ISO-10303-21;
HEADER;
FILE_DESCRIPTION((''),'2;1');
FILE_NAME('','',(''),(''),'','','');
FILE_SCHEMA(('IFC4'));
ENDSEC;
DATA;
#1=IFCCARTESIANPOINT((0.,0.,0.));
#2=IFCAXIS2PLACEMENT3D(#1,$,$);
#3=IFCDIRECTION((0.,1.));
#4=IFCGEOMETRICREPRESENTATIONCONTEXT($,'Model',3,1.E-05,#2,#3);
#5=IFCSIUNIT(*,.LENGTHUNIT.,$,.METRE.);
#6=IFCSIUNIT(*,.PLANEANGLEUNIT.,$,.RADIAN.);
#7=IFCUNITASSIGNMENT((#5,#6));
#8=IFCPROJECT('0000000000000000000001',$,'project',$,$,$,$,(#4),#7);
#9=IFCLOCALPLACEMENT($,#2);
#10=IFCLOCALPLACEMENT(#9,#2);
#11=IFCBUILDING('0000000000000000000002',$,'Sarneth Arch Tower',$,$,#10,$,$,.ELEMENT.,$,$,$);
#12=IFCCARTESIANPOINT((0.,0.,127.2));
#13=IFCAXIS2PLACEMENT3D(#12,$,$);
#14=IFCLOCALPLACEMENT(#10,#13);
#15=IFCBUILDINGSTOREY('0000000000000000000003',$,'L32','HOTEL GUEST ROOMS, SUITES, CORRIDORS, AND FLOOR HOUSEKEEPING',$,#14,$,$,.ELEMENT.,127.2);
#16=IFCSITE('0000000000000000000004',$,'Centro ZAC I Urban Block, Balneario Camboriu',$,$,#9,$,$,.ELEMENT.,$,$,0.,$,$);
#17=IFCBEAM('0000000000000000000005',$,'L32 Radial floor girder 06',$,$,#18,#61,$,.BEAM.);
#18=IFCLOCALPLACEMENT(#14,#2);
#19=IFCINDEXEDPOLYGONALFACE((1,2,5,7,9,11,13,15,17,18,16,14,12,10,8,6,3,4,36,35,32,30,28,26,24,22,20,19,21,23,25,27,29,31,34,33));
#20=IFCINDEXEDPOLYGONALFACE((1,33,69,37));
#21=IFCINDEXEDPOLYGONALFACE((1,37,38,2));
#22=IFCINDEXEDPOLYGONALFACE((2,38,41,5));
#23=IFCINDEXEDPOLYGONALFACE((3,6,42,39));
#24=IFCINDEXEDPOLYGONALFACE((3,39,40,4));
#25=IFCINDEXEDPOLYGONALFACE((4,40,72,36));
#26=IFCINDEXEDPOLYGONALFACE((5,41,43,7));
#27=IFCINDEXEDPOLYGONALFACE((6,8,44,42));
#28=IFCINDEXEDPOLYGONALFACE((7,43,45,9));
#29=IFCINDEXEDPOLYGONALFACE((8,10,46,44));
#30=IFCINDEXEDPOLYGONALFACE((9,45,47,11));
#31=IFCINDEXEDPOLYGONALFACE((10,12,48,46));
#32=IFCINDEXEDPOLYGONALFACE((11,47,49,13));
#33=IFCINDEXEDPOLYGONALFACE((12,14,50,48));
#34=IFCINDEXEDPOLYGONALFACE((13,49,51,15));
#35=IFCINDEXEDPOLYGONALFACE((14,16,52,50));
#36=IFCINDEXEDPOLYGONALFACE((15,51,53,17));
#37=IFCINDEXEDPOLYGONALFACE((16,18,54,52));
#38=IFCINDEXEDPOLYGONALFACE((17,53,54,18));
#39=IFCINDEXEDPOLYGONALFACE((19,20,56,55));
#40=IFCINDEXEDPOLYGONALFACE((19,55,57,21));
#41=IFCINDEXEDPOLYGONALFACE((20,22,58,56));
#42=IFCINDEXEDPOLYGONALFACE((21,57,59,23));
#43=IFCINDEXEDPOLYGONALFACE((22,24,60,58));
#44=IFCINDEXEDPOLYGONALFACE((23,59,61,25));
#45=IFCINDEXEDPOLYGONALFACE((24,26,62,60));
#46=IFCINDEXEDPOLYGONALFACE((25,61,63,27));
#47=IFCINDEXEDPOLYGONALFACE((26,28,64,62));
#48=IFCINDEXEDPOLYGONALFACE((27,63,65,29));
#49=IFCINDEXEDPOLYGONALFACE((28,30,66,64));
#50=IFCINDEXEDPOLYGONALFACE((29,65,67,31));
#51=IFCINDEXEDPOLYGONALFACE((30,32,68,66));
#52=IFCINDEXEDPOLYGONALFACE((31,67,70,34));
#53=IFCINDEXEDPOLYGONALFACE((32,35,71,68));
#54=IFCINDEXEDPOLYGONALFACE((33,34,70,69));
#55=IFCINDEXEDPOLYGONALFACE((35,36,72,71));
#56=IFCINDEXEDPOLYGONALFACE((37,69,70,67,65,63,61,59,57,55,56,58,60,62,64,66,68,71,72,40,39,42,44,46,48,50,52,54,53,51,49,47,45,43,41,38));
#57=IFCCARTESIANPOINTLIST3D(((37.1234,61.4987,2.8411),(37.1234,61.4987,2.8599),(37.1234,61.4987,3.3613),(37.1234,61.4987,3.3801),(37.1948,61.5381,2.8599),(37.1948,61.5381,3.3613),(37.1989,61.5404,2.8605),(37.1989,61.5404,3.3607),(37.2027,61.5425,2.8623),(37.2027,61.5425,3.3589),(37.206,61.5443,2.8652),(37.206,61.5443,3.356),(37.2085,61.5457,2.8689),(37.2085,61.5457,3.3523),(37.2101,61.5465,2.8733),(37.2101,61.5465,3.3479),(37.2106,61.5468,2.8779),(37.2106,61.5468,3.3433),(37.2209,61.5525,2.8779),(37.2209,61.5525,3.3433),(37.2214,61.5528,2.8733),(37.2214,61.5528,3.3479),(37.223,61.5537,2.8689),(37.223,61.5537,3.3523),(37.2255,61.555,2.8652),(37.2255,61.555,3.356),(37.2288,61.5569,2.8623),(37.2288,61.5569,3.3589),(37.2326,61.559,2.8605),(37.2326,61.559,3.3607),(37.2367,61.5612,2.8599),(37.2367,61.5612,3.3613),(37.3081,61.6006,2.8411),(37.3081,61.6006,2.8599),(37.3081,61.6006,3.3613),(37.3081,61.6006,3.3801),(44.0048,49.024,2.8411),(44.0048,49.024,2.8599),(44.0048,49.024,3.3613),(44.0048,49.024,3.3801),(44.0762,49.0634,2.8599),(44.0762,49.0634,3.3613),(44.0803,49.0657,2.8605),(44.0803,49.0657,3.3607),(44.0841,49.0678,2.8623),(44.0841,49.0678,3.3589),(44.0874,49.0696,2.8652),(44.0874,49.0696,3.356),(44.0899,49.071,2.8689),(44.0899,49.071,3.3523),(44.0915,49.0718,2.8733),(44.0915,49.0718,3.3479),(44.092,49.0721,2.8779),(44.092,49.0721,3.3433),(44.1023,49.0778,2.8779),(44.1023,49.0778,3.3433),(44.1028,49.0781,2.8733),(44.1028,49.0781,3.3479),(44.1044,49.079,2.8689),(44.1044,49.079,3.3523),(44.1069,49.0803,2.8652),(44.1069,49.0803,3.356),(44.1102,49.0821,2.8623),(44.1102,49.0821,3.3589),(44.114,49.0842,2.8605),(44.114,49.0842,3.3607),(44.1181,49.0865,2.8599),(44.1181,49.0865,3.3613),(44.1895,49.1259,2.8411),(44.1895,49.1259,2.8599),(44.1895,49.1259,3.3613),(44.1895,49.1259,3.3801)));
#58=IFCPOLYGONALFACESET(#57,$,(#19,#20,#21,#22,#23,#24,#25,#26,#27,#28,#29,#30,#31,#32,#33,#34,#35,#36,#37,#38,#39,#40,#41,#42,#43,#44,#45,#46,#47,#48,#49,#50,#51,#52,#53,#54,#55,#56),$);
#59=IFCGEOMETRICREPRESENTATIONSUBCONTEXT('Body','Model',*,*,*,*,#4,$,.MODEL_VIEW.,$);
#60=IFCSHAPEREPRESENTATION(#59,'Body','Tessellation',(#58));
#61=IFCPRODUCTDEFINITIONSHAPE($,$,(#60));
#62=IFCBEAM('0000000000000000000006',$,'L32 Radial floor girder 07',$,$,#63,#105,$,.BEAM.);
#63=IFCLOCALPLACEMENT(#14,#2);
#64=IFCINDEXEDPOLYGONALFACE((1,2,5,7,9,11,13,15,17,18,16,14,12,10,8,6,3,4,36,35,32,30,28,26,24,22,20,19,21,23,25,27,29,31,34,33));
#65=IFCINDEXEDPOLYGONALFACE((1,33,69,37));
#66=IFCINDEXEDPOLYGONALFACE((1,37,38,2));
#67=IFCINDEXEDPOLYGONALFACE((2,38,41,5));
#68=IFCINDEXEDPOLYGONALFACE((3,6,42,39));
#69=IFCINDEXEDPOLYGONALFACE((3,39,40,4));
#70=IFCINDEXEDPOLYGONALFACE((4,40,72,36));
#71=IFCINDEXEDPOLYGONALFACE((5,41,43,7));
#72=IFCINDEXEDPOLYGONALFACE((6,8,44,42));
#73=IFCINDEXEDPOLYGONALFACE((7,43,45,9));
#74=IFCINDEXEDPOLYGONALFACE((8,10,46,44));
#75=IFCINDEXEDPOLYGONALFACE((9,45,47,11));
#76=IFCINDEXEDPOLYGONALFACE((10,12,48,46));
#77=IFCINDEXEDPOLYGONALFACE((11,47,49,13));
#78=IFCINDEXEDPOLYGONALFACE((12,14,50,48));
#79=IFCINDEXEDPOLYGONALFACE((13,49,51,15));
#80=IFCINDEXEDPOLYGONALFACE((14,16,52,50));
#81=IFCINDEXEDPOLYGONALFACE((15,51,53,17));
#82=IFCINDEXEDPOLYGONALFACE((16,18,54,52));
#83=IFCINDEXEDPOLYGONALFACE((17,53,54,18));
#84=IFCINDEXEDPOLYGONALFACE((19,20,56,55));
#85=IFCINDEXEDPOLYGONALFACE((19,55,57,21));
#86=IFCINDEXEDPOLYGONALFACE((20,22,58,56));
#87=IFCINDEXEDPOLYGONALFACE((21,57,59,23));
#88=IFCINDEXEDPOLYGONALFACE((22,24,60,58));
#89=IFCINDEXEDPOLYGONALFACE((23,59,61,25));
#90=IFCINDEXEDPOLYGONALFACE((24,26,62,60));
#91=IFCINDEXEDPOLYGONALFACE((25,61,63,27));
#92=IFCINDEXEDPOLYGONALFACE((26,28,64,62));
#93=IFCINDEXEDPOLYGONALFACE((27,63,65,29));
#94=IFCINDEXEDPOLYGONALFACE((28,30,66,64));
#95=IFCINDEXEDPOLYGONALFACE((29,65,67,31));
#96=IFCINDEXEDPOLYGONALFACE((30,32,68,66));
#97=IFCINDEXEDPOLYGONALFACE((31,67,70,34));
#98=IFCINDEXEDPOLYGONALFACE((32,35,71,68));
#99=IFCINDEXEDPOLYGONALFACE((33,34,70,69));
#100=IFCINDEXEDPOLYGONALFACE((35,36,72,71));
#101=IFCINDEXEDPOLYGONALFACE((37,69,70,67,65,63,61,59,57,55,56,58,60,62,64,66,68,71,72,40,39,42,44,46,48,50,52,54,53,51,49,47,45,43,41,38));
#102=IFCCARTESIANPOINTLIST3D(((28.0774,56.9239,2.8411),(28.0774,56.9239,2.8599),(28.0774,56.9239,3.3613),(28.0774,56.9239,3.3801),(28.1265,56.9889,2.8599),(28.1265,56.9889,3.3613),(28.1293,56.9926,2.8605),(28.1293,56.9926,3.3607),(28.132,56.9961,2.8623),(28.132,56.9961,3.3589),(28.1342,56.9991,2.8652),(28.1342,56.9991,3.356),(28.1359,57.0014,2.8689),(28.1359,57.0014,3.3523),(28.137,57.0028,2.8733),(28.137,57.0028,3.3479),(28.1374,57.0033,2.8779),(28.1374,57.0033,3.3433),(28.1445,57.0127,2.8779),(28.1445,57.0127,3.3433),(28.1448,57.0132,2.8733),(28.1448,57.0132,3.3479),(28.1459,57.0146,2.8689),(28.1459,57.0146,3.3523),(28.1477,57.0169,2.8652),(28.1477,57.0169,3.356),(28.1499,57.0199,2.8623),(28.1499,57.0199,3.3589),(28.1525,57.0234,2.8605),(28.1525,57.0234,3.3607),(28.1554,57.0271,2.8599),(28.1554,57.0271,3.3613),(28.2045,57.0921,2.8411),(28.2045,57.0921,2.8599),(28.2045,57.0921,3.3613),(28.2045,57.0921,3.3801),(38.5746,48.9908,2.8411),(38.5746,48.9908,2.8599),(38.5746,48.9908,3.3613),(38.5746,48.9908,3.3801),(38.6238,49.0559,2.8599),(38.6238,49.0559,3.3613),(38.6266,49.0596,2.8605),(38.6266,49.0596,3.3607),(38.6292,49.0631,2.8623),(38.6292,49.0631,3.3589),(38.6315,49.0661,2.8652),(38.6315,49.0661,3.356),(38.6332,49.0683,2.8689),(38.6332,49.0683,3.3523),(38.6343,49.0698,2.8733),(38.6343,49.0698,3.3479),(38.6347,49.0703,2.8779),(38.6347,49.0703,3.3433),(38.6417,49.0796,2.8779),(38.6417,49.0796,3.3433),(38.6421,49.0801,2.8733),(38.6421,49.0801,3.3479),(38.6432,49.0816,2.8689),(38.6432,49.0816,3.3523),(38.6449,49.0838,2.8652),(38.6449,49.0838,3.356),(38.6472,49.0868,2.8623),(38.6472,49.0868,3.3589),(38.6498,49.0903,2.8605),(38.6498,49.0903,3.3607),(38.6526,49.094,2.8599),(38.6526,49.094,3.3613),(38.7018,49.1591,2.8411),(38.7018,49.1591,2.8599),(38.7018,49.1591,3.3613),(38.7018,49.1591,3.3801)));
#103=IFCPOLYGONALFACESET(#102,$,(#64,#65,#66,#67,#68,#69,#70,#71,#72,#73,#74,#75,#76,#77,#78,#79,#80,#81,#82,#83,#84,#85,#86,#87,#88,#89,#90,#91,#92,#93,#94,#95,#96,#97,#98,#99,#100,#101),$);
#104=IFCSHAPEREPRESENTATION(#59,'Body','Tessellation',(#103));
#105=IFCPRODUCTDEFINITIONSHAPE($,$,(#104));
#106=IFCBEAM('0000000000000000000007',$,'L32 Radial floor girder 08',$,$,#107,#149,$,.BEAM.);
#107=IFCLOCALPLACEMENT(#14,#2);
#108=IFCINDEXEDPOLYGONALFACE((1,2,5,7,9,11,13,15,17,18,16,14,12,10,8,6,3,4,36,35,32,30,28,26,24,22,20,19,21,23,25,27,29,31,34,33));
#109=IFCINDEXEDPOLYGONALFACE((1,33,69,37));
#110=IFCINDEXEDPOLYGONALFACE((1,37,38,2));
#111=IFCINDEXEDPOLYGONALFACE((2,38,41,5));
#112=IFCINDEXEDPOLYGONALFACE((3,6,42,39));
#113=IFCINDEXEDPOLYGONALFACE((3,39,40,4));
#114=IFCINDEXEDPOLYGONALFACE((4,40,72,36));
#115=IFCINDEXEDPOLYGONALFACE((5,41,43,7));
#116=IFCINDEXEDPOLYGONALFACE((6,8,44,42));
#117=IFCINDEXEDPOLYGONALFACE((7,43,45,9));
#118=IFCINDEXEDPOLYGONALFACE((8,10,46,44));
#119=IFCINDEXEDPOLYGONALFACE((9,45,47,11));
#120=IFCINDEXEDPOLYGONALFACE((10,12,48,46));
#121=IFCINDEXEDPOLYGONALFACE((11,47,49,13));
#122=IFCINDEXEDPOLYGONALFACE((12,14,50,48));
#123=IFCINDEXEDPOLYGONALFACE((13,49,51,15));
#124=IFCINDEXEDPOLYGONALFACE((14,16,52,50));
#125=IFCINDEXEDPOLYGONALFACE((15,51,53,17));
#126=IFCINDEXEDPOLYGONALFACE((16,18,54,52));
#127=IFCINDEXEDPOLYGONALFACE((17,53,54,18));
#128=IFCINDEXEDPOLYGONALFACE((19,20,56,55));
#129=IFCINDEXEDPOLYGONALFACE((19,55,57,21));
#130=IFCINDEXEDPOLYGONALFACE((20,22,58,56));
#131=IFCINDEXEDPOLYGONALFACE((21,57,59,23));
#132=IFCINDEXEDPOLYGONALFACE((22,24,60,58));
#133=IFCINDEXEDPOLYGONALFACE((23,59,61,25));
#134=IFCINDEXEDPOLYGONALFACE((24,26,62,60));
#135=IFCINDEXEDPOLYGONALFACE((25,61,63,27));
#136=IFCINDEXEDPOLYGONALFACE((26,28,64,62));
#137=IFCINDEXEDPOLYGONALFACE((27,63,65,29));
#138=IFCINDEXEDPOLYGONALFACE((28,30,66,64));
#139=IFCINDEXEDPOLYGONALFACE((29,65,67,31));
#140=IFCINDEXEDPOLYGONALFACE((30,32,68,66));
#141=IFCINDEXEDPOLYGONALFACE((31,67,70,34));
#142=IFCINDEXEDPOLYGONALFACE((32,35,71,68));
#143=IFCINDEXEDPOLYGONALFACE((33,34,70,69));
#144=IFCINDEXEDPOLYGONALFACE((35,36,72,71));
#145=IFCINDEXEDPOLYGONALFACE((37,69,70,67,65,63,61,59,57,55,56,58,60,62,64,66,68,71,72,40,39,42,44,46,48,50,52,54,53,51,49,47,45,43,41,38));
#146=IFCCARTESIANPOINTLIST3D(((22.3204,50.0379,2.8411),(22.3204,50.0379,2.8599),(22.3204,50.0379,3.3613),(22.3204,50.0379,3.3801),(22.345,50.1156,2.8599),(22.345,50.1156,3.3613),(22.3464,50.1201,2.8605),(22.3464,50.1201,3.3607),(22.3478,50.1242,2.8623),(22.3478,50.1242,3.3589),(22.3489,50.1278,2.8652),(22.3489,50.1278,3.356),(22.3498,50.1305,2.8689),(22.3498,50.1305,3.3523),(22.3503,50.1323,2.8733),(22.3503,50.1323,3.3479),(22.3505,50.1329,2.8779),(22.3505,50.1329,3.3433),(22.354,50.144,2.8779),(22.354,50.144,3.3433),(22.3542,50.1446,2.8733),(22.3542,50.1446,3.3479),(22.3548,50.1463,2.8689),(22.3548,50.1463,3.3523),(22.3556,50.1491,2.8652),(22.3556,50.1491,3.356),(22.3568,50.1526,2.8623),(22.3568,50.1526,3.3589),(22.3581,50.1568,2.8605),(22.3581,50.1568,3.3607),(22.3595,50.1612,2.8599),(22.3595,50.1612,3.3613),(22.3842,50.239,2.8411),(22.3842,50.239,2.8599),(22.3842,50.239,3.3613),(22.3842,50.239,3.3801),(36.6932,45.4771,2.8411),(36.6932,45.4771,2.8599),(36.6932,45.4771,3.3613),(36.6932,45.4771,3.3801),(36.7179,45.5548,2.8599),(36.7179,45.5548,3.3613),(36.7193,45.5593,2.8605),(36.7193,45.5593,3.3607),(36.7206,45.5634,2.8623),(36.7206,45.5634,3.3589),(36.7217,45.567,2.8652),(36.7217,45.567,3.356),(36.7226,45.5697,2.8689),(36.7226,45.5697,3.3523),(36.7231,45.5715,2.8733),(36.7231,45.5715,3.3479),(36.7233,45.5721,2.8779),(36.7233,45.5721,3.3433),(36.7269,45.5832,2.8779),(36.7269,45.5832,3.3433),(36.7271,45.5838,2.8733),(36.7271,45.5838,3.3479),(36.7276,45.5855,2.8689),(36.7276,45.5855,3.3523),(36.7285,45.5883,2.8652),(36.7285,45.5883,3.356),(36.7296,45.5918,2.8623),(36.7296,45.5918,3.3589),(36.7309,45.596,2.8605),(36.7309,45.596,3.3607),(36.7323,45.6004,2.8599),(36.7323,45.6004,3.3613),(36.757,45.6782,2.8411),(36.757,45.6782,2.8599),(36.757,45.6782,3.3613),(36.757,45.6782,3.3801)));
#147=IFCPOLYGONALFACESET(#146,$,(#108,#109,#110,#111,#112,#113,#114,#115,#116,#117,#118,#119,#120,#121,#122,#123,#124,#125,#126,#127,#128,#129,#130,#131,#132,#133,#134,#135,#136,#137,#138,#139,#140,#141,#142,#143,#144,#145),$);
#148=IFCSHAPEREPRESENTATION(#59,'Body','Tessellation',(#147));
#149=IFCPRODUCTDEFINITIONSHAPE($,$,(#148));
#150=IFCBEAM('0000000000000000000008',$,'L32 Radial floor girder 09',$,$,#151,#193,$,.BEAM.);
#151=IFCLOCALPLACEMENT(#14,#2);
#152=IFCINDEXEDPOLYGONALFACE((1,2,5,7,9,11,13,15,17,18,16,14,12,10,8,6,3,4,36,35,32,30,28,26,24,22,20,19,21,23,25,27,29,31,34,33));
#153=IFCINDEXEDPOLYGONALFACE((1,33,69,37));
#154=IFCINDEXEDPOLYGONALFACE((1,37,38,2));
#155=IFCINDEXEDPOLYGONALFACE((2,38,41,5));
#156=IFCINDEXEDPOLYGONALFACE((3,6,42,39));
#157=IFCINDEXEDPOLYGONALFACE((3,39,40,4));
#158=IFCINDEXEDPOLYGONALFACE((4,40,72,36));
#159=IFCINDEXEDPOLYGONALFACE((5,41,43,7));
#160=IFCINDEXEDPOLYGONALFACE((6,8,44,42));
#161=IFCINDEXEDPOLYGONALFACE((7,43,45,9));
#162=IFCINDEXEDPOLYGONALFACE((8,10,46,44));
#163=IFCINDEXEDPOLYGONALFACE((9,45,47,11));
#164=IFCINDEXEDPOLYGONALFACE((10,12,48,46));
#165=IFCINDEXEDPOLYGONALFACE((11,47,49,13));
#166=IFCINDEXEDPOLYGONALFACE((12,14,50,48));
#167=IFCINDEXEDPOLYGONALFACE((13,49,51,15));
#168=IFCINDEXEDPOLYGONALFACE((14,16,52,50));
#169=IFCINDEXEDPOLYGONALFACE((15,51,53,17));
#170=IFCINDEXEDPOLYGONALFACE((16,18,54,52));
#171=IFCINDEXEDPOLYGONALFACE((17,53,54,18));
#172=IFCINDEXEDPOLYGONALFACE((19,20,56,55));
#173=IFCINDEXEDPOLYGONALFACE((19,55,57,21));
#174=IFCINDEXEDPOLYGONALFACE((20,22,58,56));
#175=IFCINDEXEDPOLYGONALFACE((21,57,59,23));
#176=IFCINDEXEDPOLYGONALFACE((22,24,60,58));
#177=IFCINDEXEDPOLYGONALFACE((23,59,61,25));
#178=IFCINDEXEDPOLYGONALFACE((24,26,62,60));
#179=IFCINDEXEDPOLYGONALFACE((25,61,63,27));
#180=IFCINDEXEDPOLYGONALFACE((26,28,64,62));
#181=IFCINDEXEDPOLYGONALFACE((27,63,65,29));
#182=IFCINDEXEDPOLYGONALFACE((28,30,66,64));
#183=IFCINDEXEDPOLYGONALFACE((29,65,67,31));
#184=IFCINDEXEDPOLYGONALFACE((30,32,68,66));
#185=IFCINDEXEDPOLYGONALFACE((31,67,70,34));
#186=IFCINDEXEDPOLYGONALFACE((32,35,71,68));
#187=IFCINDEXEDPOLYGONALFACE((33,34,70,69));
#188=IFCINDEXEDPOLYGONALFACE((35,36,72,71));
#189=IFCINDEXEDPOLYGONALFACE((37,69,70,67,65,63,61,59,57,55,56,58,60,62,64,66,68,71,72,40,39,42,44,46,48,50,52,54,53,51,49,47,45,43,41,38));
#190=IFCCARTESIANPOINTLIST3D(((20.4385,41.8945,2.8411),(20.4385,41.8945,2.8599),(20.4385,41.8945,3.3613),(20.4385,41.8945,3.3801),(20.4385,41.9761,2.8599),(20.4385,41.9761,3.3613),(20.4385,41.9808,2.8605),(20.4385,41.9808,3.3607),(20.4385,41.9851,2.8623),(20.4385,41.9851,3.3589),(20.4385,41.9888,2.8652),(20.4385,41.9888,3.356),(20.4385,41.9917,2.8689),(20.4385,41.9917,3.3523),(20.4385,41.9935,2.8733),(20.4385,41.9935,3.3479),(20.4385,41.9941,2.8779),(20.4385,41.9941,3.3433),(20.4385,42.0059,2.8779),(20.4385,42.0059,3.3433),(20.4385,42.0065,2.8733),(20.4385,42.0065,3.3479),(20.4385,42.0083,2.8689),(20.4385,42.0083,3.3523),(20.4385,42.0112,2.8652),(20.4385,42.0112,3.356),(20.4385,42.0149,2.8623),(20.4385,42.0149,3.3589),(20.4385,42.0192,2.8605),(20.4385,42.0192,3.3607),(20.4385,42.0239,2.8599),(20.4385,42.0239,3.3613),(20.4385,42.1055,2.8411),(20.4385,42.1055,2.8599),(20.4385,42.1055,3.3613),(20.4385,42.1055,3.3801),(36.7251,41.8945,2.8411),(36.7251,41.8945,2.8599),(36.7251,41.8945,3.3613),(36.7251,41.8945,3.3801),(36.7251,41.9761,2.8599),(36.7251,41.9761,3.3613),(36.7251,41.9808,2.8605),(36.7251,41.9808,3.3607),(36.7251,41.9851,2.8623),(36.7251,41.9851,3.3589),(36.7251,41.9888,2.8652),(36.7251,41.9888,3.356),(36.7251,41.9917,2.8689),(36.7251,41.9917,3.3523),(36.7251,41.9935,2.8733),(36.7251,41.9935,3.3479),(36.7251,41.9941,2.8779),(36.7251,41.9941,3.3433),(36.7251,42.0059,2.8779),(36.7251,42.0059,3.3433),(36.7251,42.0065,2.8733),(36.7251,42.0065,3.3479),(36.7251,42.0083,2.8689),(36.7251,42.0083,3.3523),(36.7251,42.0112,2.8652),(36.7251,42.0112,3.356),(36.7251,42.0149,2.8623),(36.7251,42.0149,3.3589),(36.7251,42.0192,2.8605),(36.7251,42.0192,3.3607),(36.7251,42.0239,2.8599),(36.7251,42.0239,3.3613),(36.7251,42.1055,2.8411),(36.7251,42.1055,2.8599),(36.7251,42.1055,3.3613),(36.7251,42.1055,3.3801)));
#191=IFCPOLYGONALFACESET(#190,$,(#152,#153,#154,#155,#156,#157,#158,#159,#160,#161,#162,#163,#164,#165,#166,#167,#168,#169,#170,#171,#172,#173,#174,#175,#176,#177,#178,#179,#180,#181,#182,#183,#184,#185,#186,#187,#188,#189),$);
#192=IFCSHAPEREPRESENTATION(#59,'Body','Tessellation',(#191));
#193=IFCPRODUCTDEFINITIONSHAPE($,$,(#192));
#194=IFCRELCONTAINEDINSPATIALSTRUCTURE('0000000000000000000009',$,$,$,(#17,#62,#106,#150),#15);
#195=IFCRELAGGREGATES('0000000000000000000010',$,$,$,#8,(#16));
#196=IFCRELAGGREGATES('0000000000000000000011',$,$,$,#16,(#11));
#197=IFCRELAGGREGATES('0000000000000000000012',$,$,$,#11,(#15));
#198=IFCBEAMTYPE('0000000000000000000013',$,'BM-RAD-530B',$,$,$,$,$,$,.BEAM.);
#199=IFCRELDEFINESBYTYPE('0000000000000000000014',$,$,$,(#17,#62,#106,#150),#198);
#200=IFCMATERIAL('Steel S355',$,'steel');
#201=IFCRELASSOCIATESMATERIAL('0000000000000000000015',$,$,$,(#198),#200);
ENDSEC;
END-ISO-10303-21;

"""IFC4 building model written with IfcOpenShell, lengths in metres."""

from ifc_helpers import new_model, si_unit, direction, frame, origin, origin_2d, place, context, subcontext, project, spatial, i_section, extrude, material, material_profile, profile_set, type_object, element, save


model = new_model("IFC4")

# Units and contexts
model_context = context("Model", 3, precision=1e-05, world=origin(), true_north=direction((0.0, 1.0)))
body_context = subcontext(model_context, "Body", "Model", "MODEL_VIEW")
ifc_project = project(units=[si_unit("LENGTHUNIT", "METRE"), si_unit("PLANEANGLEUNIT", "RADIAN")], contexts=[model_context])

# Site, building, storey
site_placement = place(None, origin())
site = spatial("IfcSite", under=ifc_project, at=site_placement, Name="Centro ZAC I Urban Block, Balneario Camboriu", CompositionType="ELEMENT", RefElevation=0.0)
building_placement = place(site_placement, origin())
building = spatial("IfcBuilding", under=site, at=building_placement, Name="Sarneth Arch Tower", CompositionType="ELEMENT")
storey_placement = place(building_placement, frame((0.0, 0.0, 127.2)))
storey = spatial("IfcBuildingStorey", under=building, at=storey_placement, Name="L32", Description="HOTEL GUEST ROOMS, SUITES, CORRIDORS, AND FLOOR HOUSEKEEPING", CompositionType="ELEMENT", Elevation=127.2)

# Beams
ifc_material_1 = material(Name="Steel S355", Category="steel")
ifc_material_profile = material_profile(ifc_material_1, i_section(OverallWidth=0.2109, OverallDepth=0.5391, WebThickness=0.0117, FlangeThickness=0.0188, FilletRadius=0.0181, at=origin_2d()), Name="W530x109")
ifc_profile_set = profile_set([ifc_material_profile], Name="Steel S355")
beam_type = type_object("IfcBeamType", Name="BM-RAD-530B", PredefinedType="BEAM", material=ifc_profile_set)
beam_1_placement = place(storey_placement, frame((44.0972, 49.075, 3.1106), z_axis=(-0.483013, 0.875613, 0.0), x_axis=(-0.875613, -0.483013, 0.0)))
element("IfcBeam", 1, at=beam_1_placement, inside=storey, type_object=beam_type, Name="L32 Radial floor girder 06", PredefinedType="BEAM", context=body_context, shape_type="SweptSolid", body=[
    extrude(i_section(OverallWidth=0.2109, OverallDepth=0.5391, WebThickness=0.0117, FlangeThickness=0.0188, FilletRadius=0.0181, at=origin_2d()), origin(), (0.0, 0.0, 1.0), 14.2468),
])
beam_2_placement = place(storey_placement, frame((38.6382, 49.075, 3.1106), z_axis=(-0.797801, 0.60292, 0.0), x_axis=(-0.60292, -0.797801, 0.0)))
element("IfcBeam", 2, at=beam_2_placement, inside=storey, type_object=beam_type, Name="L32 Radial floor girder 07", PredefinedType="BEAM", context=body_context, shape_type="SweptSolid", body=[
    extrude(i_section(OverallWidth=0.2109, OverallDepth=0.5391, WebThickness=0.0117, FlangeThickness=0.0188, FilletRadius=0.0181, at=origin_2d()), origin(), (0.0, 0.0, 1.0), 13.1577),
])
beam_3_placement = place(storey_placement, frame((36.7251, 45.5776, 3.1106), z_axis=(-0.953163, 0.302458, 0.0), x_axis=(-0.302458, -0.953163, 0.0)))
element("IfcBeam", 3, at=beam_3_placement, inside=storey, type_object=beam_type, Name="L32 Radial floor girder 08", PredefinedType="BEAM", context=body_context, shape_type="SweptSolid", body=[
    extrude(i_section(OverallWidth=0.2109, OverallDepth=0.5391, WebThickness=0.0117, FlangeThickness=0.0188, FilletRadius=0.0181, at=origin_2d()), origin(), (0.0, 0.0, 1.0), 15.0791),
])
beam_4_placement = place(storey_placement, frame((36.7251, 42.0, 3.1106), z_axis=(-1.0, 0.0, 0.0), x_axis=(0.0, -1.0, 0.0)))
element("IfcBeam", 4, at=beam_4_placement, inside=storey, type_object=beam_type, Name="L32 Radial floor girder 09", PredefinedType="BEAM", context=body_context, shape_type="SweptSolid", body=[
    extrude(i_section(OverallWidth=0.2109, OverallDepth=0.5391, WebThickness=0.0117, FlangeThickness=0.0188, FilletRadius=0.0181, at=origin_2d()), origin(), (0.0, 0.0, 1.0), 16.2866),
])

save(model, "model.ifc")
